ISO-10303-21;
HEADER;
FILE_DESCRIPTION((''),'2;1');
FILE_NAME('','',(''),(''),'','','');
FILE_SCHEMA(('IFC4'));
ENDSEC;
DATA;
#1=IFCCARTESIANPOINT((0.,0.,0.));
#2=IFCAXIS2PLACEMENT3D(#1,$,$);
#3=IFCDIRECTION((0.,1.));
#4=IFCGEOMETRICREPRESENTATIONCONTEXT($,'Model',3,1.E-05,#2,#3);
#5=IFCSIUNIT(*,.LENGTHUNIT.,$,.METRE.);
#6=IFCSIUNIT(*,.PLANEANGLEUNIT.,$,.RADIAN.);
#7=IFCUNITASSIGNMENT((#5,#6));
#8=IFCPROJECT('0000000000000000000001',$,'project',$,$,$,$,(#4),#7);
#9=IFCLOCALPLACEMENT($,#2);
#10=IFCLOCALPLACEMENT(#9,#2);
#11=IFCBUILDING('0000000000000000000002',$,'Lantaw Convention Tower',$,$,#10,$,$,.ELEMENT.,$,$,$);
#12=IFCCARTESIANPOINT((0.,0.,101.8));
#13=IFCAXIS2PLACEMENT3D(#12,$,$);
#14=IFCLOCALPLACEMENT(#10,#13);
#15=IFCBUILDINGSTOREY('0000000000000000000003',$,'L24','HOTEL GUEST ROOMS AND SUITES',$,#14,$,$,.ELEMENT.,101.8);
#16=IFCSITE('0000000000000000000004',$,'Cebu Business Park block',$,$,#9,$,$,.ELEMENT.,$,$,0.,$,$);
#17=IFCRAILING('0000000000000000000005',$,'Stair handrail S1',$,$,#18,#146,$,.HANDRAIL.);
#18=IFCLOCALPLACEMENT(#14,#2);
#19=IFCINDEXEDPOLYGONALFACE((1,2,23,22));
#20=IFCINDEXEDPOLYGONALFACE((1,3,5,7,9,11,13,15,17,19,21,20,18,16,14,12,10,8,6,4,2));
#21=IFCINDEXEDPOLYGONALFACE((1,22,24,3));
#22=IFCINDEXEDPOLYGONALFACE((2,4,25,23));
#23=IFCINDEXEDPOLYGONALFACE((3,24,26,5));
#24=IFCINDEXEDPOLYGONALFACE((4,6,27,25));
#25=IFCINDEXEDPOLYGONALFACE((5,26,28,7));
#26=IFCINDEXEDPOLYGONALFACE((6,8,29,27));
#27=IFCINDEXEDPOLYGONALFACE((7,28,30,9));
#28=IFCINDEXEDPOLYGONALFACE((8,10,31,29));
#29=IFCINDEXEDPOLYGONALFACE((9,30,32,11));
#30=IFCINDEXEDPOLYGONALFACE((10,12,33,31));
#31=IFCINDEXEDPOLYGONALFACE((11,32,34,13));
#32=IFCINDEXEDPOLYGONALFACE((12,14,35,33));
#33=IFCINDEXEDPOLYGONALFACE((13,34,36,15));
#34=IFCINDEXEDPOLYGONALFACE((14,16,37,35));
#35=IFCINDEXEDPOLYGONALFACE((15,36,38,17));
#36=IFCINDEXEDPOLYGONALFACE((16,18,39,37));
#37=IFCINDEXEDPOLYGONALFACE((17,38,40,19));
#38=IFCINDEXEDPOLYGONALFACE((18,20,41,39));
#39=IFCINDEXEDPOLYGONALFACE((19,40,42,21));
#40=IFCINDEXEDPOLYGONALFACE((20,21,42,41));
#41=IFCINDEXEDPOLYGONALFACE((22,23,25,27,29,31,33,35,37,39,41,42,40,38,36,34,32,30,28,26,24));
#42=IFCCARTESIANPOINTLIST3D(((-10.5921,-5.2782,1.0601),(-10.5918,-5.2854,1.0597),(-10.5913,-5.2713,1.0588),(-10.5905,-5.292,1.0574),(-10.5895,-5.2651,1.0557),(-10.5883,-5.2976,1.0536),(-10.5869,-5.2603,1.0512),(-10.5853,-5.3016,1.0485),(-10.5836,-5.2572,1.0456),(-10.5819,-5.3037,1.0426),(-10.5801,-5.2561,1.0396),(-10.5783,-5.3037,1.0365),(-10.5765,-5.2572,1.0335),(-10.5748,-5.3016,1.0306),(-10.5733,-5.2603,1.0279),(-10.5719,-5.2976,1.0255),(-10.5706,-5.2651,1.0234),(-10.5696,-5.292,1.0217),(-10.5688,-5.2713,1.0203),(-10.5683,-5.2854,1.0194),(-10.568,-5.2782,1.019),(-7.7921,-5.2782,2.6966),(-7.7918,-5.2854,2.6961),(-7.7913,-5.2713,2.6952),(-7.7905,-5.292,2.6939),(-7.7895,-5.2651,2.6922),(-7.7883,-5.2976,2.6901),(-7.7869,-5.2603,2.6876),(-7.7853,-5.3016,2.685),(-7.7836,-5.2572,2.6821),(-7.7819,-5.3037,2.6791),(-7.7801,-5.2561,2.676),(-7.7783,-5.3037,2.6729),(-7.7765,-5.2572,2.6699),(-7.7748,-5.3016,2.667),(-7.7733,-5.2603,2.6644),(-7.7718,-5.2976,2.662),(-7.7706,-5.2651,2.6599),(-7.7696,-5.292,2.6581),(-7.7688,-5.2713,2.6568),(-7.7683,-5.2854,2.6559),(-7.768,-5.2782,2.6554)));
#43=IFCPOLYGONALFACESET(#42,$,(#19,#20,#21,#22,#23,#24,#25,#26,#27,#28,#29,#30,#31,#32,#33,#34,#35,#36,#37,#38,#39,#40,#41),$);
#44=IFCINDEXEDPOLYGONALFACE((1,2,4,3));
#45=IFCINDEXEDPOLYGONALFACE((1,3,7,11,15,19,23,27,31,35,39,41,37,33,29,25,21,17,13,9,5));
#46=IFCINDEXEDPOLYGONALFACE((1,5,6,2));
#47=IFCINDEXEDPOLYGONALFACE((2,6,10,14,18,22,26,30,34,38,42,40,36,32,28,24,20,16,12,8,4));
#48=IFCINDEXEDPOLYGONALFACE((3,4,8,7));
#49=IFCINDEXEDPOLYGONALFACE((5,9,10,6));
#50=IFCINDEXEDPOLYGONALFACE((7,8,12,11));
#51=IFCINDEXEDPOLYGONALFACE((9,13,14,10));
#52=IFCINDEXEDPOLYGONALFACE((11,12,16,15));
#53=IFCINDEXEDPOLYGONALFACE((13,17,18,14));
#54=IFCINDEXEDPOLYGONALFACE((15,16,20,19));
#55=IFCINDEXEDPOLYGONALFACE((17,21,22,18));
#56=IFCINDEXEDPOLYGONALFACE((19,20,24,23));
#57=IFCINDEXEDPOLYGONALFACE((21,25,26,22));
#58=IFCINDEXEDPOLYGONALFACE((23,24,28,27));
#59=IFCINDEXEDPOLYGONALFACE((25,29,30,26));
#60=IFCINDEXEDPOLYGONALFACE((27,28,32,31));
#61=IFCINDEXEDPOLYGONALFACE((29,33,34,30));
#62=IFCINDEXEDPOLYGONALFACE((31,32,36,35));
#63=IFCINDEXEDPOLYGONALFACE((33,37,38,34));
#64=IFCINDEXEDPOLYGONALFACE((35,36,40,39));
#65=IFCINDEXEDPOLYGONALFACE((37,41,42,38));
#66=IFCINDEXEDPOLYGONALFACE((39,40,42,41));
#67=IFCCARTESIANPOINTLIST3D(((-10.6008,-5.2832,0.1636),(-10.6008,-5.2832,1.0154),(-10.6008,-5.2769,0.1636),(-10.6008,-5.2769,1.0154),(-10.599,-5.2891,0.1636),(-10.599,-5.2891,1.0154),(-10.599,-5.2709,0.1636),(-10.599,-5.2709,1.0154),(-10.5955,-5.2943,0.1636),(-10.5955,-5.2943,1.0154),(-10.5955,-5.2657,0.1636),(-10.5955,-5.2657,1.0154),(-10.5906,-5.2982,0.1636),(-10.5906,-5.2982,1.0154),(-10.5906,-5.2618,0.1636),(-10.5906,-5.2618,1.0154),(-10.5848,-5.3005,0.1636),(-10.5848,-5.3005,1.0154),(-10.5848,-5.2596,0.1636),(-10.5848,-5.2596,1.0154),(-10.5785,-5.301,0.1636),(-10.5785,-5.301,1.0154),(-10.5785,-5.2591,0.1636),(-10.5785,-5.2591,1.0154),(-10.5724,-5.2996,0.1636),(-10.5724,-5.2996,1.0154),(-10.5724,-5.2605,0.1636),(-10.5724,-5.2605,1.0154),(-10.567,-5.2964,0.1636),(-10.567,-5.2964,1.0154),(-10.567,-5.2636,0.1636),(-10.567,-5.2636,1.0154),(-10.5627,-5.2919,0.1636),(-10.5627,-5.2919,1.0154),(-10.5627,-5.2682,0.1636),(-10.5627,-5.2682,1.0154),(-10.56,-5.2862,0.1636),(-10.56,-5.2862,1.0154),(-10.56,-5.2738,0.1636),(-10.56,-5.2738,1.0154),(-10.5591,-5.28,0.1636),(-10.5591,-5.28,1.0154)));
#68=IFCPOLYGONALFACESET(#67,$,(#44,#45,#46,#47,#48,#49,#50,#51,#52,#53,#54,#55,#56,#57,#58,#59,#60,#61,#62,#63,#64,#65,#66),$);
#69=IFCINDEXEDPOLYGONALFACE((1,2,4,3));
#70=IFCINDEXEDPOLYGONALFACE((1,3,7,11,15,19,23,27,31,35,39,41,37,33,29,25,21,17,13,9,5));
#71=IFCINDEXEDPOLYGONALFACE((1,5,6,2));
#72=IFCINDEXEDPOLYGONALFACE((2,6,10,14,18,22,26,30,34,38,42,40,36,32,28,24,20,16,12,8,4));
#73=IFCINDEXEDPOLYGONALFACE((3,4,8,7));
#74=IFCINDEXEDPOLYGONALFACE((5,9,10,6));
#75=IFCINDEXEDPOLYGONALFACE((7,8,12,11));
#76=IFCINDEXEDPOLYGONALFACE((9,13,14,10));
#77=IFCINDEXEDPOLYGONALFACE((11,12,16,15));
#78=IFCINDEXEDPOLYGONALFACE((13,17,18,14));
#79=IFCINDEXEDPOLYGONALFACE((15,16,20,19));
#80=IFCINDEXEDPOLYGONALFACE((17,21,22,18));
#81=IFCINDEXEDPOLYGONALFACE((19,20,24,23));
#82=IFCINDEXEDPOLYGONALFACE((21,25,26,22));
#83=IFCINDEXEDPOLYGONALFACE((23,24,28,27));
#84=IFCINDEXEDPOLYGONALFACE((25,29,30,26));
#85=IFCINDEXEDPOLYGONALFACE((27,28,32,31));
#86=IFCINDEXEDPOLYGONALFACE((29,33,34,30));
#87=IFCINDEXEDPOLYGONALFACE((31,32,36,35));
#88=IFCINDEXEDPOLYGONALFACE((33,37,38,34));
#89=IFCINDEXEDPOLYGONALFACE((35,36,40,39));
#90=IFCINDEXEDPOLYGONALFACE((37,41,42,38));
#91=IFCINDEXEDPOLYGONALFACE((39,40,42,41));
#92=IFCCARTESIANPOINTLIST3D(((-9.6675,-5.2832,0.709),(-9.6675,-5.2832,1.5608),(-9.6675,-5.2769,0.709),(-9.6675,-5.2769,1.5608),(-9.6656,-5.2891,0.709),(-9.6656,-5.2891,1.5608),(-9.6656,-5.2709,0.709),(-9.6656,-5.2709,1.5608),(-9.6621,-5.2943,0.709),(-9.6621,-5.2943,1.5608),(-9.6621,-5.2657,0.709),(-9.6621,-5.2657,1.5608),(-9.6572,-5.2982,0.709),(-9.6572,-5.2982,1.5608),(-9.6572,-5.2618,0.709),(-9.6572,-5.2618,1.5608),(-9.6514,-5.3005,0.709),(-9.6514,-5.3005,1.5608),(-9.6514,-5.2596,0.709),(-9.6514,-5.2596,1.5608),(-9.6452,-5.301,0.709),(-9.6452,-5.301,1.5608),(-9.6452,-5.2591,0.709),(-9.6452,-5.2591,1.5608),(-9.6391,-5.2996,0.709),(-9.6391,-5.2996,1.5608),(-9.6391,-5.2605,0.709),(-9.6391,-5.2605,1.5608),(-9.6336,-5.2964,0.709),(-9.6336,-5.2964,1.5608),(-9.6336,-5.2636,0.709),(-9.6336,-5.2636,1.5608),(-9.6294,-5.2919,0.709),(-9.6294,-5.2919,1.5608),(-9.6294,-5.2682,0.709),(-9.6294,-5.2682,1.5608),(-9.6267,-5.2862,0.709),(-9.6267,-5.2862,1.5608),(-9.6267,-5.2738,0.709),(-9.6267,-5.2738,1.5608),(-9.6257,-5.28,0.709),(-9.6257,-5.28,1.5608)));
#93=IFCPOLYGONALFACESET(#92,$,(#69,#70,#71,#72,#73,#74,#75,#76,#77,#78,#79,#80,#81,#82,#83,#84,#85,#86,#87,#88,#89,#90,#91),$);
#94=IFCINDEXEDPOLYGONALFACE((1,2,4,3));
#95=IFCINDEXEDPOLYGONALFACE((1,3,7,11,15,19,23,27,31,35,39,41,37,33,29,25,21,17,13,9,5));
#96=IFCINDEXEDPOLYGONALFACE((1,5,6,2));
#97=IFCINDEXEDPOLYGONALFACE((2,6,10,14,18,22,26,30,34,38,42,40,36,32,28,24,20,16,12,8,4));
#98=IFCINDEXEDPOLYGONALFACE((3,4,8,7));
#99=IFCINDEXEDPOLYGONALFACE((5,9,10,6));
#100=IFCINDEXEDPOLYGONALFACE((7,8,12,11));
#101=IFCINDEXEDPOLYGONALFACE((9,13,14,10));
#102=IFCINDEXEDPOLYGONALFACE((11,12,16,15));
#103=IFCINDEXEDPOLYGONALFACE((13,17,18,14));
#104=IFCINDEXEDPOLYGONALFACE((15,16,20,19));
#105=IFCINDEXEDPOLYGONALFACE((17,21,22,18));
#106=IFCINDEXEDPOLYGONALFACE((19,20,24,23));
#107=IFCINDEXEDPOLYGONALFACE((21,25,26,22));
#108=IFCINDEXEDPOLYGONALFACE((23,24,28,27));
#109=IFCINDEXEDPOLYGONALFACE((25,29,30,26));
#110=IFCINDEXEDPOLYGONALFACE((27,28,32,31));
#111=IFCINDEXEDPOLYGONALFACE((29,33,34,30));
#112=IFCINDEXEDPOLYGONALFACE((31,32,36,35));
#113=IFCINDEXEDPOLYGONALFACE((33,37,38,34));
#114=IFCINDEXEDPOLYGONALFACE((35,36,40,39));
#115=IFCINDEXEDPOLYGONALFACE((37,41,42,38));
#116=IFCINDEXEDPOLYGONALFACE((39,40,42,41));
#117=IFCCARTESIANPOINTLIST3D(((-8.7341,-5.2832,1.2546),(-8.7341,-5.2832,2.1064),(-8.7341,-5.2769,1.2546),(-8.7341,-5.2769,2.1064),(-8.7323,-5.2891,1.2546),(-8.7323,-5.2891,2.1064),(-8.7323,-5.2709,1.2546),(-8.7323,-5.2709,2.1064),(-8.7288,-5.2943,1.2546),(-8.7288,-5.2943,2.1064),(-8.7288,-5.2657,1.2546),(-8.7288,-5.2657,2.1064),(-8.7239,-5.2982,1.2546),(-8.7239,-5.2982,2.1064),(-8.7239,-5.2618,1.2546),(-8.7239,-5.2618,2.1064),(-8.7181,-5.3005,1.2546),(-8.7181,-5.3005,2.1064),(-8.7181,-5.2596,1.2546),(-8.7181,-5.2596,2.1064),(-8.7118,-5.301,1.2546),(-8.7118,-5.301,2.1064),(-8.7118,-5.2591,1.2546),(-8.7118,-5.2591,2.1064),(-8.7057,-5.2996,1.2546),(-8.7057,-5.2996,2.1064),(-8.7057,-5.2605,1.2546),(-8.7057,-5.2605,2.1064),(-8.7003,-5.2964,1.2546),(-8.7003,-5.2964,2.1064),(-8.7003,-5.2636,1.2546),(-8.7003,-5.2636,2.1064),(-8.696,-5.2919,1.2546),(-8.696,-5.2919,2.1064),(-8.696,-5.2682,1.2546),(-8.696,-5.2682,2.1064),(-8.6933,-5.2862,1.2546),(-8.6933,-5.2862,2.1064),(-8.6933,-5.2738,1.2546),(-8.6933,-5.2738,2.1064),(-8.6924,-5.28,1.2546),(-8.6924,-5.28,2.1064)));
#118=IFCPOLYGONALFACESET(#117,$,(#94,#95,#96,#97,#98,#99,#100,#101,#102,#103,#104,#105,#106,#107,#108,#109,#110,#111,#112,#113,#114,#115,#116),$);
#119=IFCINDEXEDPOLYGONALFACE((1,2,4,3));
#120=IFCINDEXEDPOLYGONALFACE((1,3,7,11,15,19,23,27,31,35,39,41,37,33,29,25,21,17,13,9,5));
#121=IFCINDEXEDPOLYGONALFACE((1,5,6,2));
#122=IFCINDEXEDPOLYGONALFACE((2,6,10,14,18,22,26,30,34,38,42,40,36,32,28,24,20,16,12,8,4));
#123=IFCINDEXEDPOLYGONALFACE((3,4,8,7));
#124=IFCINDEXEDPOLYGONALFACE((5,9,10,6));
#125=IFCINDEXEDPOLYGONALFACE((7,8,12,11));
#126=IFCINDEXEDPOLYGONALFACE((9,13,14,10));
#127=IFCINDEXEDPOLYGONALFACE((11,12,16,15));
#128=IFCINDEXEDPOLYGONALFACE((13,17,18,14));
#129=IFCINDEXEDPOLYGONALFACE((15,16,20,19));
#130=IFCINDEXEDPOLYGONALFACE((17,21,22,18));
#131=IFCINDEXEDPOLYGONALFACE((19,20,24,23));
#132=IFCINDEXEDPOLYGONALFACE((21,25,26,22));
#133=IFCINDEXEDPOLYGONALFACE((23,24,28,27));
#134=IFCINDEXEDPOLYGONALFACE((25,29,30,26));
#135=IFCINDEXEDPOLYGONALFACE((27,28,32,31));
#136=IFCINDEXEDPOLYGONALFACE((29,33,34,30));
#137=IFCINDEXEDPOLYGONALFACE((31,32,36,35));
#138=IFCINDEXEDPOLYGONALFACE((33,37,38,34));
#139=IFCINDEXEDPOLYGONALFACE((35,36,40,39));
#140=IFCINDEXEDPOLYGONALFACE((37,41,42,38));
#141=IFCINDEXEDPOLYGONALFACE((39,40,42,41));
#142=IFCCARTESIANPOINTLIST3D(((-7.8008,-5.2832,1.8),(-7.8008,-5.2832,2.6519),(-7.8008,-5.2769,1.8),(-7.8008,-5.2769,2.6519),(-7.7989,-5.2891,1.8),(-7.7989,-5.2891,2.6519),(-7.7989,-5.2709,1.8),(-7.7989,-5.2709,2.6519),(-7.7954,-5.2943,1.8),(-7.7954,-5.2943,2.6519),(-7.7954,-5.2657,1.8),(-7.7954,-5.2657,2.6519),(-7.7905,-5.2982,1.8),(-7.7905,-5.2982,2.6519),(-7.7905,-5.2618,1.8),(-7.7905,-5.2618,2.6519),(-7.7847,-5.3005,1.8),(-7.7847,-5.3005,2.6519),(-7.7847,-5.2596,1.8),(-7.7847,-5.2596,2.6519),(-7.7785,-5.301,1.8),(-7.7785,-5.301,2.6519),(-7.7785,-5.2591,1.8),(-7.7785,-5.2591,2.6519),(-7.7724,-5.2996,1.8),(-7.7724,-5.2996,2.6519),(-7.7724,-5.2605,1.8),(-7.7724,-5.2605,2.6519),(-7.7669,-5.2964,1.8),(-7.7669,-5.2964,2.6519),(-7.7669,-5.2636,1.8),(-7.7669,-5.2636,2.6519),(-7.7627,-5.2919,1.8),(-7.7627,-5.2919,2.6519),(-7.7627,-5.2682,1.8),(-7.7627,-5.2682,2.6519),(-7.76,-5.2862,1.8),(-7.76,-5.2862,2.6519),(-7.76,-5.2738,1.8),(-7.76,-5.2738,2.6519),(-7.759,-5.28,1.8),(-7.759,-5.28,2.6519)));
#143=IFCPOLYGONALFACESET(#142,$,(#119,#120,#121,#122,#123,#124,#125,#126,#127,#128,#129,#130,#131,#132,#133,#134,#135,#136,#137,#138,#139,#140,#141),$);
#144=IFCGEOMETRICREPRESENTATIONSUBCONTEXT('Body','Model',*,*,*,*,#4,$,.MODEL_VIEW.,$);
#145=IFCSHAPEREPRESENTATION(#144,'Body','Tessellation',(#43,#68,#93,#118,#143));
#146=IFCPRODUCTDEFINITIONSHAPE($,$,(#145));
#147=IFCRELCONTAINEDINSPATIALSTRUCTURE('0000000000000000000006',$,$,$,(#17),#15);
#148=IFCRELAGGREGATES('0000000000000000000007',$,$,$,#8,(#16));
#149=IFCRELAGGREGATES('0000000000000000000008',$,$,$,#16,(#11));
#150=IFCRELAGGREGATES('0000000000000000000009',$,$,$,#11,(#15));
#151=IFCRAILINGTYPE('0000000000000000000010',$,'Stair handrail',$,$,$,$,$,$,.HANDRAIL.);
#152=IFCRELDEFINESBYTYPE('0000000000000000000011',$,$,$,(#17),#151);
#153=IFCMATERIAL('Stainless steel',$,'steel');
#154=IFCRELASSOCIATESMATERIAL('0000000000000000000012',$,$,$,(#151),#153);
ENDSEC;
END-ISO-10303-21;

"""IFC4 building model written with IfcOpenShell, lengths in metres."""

from ifc_helpers import new_model, si_unit, direction, frame, origin, origin_2d, place, context, subcontext, project, spatial, circle, extrude, material, type_object, element, save


model = new_model("IFC4")

# Units and contexts
model_context = context("Model", 3, precision=1e-05, world=origin(), true_north=direction((0.0, 1.0)))
body_context = subcontext(model_context, "Body", "Model", "MODEL_VIEW")
ifc_project = project(units=[si_unit("LENGTHUNIT", "METRE"), si_unit("PLANEANGLEUNIT", "RADIAN")], contexts=[model_context])

# Site, building, storey
site_placement = place(None, origin())
site = spatial("IfcSite", under=ifc_project, at=site_placement, Name="Cebu Business Park block", CompositionType="ELEMENT", RefElevation=0.0)
building_placement = place(site_placement, origin())
building = spatial("IfcBuilding", under=site, at=building_placement, Name="Lantaw Convention Tower", CompositionType="ELEMENT")
storey_placement = place(building_placement, frame((0.0, 0.0, 101.8)))
storey = spatial("IfcBuildingStorey", under=building, at=storey_placement, Name="L24", Description="HOTEL GUEST ROOMS AND SUITES", CompositionType="ELEMENT", Elevation=101.8)

# Shared definitions
ifc_material_1 = material(Name="Stainless steel", Category="steel")

# Railing
railing_type = type_object("IfcRailingType", Name="Stair handrail", PredefinedType="HANDRAIL", material=ifc_material_1)
railing_1_placement = place(storey_placement, frame((-10.5801, -5.28, 0.1636)))
element("IfcRailing", 1, at=railing_1_placement, inside=storey, type_object=railing_type, Name="Stair handrail S1", PredefinedType="HANDRAIL", context=body_context, shape_type="SweptSolid", body=[
    extrude(circle(Radius=0.0239, at=origin_2d()), frame((0.0, 0.0, 0.876), z_axis=(0.863361, 0.0, 0.504587), x_axis=(0.0, 1.0, 0.0)), (0.0, 0.0, 1.0), 3.2432),
    extrude(circle(Radius=0.021, at=origin_2d()), origin(), (0.0, 0.0, 1.0), 0.8518),
    extrude(circle(Radius=0.021, at=origin_2d()), frame((0.9333, 0.0, 0.5454)), (0.0, 0.0, 1.0), 0.8518),
    extrude(circle(Radius=0.021, at=origin_2d()), frame((1.8667, 0.0, 1.0911)), (0.0, 0.0, 1.0), 0.8518),
    extrude(circle(Radius=0.021, at=origin_2d()), frame((2.8, 0.0, 1.6365)), (0.0, 0.0, 1.0), 0.8518),
])

save(model, "model.ifc")
